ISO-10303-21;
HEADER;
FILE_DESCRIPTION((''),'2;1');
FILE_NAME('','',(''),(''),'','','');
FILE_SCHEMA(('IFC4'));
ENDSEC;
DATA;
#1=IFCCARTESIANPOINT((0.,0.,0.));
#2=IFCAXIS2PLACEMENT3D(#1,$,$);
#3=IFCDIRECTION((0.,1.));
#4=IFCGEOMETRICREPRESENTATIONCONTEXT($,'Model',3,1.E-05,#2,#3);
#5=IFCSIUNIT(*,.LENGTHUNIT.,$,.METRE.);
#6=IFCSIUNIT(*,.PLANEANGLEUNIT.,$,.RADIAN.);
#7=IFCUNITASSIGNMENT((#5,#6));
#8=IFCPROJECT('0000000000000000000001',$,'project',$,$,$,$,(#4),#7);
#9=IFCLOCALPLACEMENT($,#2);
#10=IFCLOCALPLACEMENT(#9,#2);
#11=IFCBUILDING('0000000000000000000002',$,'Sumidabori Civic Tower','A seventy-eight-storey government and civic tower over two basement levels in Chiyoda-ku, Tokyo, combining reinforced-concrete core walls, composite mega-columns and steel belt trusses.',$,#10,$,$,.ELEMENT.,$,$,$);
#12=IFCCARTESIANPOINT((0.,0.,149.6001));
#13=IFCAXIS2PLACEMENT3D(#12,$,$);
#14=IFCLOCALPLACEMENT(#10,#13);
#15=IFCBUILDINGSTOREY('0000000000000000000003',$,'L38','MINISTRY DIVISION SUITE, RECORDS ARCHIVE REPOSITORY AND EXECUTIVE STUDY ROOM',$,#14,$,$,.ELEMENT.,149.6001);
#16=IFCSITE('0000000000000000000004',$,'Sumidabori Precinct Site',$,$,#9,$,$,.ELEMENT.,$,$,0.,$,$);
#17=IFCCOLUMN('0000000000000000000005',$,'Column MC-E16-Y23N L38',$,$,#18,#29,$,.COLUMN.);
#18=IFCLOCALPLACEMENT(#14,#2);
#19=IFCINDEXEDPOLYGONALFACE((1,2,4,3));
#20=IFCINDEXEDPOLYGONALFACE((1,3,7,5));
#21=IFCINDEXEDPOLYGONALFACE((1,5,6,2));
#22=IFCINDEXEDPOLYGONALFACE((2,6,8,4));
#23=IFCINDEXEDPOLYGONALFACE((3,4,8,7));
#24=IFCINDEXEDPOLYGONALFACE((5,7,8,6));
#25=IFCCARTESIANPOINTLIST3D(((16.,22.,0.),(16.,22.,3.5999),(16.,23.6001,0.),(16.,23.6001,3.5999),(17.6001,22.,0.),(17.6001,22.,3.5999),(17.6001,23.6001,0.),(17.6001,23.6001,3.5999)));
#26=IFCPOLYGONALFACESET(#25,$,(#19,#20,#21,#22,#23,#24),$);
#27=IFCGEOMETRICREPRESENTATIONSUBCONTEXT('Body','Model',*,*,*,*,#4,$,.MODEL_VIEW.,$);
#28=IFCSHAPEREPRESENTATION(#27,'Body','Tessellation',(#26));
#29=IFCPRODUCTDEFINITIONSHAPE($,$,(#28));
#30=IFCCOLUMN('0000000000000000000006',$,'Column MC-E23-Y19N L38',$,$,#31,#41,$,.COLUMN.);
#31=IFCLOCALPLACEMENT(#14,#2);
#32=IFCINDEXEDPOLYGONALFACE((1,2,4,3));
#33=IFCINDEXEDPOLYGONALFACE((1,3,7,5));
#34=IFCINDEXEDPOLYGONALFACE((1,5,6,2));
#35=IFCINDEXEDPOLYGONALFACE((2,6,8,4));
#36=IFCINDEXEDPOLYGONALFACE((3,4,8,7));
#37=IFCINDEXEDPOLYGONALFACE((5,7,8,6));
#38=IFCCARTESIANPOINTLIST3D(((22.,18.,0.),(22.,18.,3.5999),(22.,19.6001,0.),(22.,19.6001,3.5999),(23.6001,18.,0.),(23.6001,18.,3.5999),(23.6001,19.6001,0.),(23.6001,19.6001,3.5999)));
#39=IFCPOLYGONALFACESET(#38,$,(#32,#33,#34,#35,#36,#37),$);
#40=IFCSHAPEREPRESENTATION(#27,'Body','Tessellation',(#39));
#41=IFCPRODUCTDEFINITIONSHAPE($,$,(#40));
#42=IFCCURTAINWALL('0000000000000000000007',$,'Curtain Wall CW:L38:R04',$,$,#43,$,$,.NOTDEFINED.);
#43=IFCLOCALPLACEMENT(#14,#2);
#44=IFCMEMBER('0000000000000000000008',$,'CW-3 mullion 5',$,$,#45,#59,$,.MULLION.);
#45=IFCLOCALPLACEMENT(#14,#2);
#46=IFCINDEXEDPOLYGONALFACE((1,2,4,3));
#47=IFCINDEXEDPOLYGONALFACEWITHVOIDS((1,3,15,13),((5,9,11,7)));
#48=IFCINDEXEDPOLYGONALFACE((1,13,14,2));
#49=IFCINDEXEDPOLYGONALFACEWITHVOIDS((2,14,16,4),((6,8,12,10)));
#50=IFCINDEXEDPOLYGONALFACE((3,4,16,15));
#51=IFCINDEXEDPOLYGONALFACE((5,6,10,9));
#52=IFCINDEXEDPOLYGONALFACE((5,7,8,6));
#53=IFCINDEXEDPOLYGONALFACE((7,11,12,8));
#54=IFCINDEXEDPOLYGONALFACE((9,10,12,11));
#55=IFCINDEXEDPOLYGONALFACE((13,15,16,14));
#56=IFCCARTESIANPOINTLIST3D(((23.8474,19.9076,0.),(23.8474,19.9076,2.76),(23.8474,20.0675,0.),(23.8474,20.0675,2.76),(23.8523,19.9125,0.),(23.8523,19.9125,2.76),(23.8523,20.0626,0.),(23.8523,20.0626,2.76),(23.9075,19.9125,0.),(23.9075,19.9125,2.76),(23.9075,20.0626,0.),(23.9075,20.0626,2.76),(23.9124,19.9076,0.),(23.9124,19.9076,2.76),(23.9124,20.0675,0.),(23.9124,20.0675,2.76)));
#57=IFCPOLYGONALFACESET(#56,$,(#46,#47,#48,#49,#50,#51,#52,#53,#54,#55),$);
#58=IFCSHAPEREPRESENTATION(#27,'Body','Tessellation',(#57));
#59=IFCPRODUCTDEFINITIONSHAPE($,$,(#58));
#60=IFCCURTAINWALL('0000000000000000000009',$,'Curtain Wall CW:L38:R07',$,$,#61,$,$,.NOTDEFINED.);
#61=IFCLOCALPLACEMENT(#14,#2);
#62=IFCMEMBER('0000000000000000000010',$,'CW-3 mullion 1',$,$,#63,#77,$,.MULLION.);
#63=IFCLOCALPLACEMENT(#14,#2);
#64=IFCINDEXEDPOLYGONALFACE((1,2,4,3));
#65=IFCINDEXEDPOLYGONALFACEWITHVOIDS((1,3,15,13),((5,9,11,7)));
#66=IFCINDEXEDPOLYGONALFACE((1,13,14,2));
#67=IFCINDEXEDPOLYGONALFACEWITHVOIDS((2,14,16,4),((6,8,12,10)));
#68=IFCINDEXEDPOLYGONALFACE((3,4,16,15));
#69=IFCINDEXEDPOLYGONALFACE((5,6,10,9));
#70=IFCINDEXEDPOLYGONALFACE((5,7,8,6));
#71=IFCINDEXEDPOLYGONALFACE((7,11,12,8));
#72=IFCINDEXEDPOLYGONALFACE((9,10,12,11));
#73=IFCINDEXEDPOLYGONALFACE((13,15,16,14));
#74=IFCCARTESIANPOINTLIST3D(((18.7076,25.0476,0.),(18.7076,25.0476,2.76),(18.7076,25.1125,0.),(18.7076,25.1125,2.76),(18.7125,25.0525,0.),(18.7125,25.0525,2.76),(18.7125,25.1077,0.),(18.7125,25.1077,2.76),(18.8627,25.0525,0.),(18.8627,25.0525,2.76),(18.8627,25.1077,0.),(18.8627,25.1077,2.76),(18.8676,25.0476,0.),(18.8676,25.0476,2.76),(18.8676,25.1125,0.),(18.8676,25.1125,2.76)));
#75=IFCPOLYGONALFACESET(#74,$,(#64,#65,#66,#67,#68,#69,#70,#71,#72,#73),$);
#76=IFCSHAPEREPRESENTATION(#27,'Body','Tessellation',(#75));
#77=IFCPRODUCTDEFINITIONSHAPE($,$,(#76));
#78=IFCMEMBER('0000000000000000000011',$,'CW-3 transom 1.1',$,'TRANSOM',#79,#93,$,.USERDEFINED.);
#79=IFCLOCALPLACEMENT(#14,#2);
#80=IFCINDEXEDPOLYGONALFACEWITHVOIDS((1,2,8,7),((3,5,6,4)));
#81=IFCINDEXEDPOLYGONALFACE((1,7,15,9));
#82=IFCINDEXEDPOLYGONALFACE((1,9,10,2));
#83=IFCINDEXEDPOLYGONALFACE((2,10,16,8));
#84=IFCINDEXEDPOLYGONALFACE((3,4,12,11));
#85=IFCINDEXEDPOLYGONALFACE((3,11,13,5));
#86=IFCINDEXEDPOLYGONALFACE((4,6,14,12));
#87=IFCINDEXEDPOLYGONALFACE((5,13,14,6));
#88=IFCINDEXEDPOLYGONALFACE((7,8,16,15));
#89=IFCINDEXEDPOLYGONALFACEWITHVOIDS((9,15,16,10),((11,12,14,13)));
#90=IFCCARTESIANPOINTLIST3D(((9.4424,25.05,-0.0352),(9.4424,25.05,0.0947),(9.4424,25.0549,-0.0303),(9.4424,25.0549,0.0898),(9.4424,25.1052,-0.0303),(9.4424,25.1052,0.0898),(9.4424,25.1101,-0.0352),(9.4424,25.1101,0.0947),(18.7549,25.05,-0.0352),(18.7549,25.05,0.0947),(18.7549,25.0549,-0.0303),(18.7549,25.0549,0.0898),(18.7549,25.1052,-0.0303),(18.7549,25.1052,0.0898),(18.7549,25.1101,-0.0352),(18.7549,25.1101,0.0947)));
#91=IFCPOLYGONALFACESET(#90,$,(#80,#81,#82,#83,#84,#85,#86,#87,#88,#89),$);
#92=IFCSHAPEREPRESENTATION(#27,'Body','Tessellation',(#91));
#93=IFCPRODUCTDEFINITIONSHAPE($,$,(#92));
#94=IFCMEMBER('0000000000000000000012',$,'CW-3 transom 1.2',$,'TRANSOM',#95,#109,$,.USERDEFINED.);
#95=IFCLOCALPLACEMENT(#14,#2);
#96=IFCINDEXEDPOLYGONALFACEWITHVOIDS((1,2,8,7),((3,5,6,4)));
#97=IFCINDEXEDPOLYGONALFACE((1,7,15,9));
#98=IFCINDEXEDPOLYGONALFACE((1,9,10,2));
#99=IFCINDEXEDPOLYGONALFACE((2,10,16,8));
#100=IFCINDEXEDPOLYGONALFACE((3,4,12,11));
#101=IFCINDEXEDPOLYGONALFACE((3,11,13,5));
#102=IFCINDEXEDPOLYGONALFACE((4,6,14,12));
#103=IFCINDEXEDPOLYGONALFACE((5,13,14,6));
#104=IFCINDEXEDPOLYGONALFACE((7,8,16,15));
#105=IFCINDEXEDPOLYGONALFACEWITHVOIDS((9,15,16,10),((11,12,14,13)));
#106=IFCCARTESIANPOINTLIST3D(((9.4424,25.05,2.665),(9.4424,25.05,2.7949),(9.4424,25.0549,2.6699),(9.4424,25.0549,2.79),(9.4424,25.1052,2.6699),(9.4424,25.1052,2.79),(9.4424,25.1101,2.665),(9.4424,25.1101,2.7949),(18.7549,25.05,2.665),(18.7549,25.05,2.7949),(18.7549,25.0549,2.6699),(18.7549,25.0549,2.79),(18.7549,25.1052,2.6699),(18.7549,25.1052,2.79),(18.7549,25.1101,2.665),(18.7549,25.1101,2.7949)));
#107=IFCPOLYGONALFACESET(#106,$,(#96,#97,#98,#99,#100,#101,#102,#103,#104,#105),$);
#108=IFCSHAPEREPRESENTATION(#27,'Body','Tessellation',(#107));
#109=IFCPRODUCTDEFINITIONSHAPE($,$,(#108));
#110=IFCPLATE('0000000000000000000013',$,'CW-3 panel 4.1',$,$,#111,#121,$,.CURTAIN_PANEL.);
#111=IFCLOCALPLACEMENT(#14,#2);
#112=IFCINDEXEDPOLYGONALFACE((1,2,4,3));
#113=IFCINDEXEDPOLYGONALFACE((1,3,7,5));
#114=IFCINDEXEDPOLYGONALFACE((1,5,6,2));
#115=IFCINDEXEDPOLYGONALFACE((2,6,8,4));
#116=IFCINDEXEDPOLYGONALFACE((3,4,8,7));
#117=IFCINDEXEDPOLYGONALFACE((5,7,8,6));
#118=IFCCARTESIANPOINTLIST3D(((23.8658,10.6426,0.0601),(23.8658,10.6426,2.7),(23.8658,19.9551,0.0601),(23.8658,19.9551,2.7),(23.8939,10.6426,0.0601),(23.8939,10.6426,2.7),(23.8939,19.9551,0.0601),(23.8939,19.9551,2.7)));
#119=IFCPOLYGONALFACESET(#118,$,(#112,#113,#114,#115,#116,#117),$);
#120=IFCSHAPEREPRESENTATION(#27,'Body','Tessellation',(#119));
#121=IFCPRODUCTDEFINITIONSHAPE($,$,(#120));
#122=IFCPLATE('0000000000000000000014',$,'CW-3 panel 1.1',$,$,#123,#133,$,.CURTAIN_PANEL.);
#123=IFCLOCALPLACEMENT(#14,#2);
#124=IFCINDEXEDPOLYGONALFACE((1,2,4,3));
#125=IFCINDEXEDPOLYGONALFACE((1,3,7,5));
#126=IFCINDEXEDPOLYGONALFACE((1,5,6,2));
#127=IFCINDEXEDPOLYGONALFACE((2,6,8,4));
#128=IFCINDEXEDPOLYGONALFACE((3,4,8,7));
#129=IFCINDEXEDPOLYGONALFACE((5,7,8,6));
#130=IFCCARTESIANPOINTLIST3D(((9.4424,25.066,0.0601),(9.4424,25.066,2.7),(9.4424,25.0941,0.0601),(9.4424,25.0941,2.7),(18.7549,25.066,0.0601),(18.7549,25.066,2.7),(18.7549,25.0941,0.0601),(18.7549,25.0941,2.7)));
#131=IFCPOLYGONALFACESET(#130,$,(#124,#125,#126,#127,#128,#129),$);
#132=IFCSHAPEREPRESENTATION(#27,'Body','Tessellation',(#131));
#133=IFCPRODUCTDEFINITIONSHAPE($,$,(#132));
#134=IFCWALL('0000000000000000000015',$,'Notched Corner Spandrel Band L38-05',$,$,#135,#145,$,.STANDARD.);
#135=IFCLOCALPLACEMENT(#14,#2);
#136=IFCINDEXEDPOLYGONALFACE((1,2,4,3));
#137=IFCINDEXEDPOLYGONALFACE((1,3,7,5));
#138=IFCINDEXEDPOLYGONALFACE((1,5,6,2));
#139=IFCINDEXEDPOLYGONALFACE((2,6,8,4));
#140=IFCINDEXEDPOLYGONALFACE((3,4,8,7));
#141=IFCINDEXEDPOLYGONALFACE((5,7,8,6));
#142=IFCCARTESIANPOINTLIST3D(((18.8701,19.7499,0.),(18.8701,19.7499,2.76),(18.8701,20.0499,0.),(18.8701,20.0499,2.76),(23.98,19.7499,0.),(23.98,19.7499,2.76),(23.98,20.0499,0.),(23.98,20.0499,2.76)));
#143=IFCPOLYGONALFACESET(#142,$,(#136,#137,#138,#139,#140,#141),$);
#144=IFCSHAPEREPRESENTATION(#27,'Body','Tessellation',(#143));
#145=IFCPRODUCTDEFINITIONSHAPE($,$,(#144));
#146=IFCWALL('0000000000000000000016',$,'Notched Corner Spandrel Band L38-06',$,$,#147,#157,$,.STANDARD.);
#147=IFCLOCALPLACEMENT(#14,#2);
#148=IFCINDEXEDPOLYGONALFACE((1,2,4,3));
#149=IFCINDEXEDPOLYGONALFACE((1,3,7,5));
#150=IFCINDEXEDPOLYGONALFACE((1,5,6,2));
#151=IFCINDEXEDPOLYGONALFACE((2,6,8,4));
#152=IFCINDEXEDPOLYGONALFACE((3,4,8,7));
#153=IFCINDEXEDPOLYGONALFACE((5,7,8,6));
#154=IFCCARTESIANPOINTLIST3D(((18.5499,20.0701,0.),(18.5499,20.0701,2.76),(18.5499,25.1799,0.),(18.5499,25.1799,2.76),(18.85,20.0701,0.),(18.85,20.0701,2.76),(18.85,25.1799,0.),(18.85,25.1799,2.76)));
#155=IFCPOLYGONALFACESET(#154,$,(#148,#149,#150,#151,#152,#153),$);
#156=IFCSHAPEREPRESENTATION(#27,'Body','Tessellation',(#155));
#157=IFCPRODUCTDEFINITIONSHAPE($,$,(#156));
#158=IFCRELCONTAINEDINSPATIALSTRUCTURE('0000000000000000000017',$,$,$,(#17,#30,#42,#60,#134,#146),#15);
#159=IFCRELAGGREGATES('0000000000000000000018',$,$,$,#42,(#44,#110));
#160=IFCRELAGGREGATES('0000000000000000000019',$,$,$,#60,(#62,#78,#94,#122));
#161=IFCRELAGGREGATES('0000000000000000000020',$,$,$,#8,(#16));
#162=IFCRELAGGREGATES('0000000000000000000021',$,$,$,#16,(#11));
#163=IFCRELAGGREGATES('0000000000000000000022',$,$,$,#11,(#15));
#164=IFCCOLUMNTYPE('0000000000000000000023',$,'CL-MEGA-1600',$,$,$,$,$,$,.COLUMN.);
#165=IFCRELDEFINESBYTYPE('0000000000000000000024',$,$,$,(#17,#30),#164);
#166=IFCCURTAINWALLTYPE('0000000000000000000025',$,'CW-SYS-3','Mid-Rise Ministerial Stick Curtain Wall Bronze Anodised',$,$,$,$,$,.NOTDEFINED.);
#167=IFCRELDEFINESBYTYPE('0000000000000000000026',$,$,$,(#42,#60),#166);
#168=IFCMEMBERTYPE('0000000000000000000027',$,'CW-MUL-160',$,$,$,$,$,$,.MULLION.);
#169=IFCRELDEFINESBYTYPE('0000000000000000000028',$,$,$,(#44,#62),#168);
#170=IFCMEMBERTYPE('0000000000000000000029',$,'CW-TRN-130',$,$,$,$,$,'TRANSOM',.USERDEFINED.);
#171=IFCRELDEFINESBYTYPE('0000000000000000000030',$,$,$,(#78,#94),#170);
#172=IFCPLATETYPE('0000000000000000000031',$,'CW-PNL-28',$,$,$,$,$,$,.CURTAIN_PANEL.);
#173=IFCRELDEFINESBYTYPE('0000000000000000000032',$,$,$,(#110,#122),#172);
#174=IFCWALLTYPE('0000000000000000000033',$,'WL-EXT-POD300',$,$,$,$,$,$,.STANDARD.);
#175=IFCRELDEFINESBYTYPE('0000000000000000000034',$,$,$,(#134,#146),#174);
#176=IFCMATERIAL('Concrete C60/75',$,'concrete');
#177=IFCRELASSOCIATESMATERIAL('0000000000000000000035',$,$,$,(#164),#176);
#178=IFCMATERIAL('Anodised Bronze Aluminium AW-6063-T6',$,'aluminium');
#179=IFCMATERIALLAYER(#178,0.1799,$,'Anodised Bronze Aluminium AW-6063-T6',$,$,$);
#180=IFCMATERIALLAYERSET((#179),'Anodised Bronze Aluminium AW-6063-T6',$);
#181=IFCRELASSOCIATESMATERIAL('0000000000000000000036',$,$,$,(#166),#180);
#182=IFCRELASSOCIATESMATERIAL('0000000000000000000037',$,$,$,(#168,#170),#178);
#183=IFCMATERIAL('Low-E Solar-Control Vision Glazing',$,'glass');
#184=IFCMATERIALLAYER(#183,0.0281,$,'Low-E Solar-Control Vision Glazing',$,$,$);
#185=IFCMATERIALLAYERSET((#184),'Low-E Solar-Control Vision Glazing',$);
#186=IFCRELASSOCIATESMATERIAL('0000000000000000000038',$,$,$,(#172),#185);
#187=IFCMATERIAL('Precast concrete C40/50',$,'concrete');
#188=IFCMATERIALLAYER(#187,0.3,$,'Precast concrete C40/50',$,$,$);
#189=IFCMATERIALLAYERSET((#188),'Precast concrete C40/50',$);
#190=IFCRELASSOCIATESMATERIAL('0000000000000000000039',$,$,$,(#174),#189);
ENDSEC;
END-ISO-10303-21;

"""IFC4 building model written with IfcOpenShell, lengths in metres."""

from ifc_helpers import new_model, si_unit, direction, frame, frame_2d, origin, origin_2d, place, context, subcontext, project, spatial, rectangle, hollow_rectangle, extrude, source, transform, mapped, material, layer, layer_set, material_profile, profile_set, type_object, element, aggregate, save


model = new_model("IFC4")

# Units and contexts
model_context = context("Model", 3, precision=1e-05, world=origin(), true_north=direction((0.0, 1.0)))
body_context = subcontext(model_context, "Body", "Model", "MODEL_VIEW")
ifc_project = project(units=[si_unit("LENGTHUNIT", "METRE"), si_unit("PLANEANGLEUNIT", "RADIAN")], contexts=[model_context])

# Site, building, storey
site_placement = place(None, origin())
site = spatial("IfcSite", under=ifc_project, at=site_placement, Name="Sumidabori Precinct Site", CompositionType="ELEMENT", RefElevation=0.0)
building_placement = place(site_placement, origin())
building = spatial("IfcBuilding", under=site, at=building_placement, Name="Sumidabori Civic Tower", Description="A seventy-eight-storey government and civic tower over two basement levels in Chiyoda-ku, Tokyo, combining reinforced-concrete core walls, composite mega-columns and steel belt trusses.", CompositionType="ELEMENT")
storey_placement = place(building_placement, frame((0.0, 0.0, 149.6001)))
storey = spatial("IfcBuildingStorey", under=building, at=storey_placement, Name="L38", Description="MINISTRY DIVISION SUITE, RECORDS ARCHIVE REPOSITORY AND EXECUTIVE STUDY ROOM", CompositionType="ELEMENT", Elevation=149.6001)

# Columns
ifc_material_1 = material(Name="Concrete C60/75", Category="concrete")
ifc_material_profile_1 = material_profile(ifc_material_1, rectangle(XDim=1.6001, YDim=1.6001, at=origin_2d()), Name="RC 1600x1600")
ifc_profile_set_1 = profile_set([ifc_material_profile_1], Name="Concrete C60/75")
column_type = type_object("IfcColumnType", Name="CL-MEGA-1600", PredefinedType="COLUMN", material=ifc_profile_set_1)
shared_shape_1 = source(origin(), body_context, "Body", "SweptSolid", [
    extrude(rectangle(XDim=1.6001, YDim=1.6001, at=origin_2d()), origin(), (0.0, 0.0, 1.0), 3.5999),
])
for number, where, z_axis, x_axis, name in (
    (1, (16.8, 22.8, 0.0), (0.0, 0.0, 1.0), (1.0, 0.0, 0.0), "Column MC-E16-Y23N L38"),
    (2, (22.8, 18.8, 0.0), (0.0, 0.0, 1.0), (1.0, 0.0, 0.0), "Column MC-E23-Y19N L38"),
):
    element("IfcColumn", number, at=place(storey_placement, frame(where, z_axis=z_axis, x_axis=x_axis)), inside=storey, type_object=column_type, Name=name, PredefinedType="COLUMN", context=body_context, shape_type="MappedRepresentation", body=[
        mapped(shared_shape_1, transform((0.0, 0.0, 0.0), x_axis=(1.0, 0.0, 0.0), y_axis=(0.0, 1.0, 0.0), z_axis=(0.0, 0.0, 1.0), scale=1.0)),
    ])

# Curtain wall, member
ifc_material_2 = material(Name="Anodised Bronze Aluminium AW-6063-T6", Category="aluminium")
ifc_layer_1 = layer(ifc_material_2, 0.1799, Name="Anodised Bronze Aluminium AW-6063-T6")
ifc_layer_set_1 = layer_set([ifc_layer_1], Name="Anodised Bronze Aluminium AW-6063-T6")
curtain_wall_type = type_object("IfcCurtainWallType", Name="CW-SYS-3", Description="Mid-Rise Ministerial Stick Curtain Wall Bronze Anodised", PredefinedType="NOTDEFINED", material=ifc_layer_set_1)
curtain_wall_1_placement = place(storey_placement, origin())
curtain_wall_1 = element("IfcCurtainWall", 3, at=curtain_wall_1_placement, inside=storey, type_object=curtain_wall_type, Name="Curtain Wall CW:L38:R04", PredefinedType="NOTDEFINED")
ifc_material_profile_2 = material_profile(ifc_material_2, hollow_rectangle(XDim=0.0649, YDim=0.1599, WallThickness=0.0049, at=origin_2d()), Name="ALU MULLION 160x65")
ifc_profile_set_2 = profile_set([ifc_material_profile_2], Name="Anodised Bronze Aluminium AW-6063-T6")
member_type_1 = type_object("IfcMemberType", Name="CW-MUL-160", PredefinedType="MULLION", material=ifc_profile_set_2)
shared_shape_2 = source(origin(), body_context, "Body", "SweptSolid", [
    extrude(hollow_rectangle(XDim=0.0649, YDim=0.1599, WallThickness=0.0049, at=origin_2d()), origin(), (0.0, 0.0, 1.0), 2.76),
])
member_1_placement = place(storey_placement, frame((23.8799, 19.9875, 0.0), z_axis=(0.0, 0.0, 1.0), x_axis=(-1.0, 0.0, 0.0)))
member_1 = element("IfcMember", 4, at=member_1_placement, type_object=member_type_1, Name="CW-3 mullion 5", PredefinedType="MULLION", context=body_context, shape_type="MappedRepresentation", body=[
    mapped(shared_shape_2, transform((0.0, 0.0, 0.0), x_axis=(1.0, 0.0, 0.0), y_axis=(0.0, 1.0, 0.0), z_axis=(0.0, 0.0, 1.0), scale=1.0)),
])

# Curtain wall, members
curtain_wall_2_placement = place(storey_placement, origin())
curtain_wall_2 = element("IfcCurtainWall", 5, at=curtain_wall_2_placement, inside=storey, type_object=curtain_wall_type, Name="Curtain Wall CW:L38:R07", PredefinedType="NOTDEFINED")
member_2_placement = place(storey_placement, frame((18.7876, 25.0801, 0.0), z_axis=(0.0, 0.0, 1.0), x_axis=(0.0, -1.0, 0.0)))
member_2 = element("IfcMember", 6, at=member_2_placement, type_object=member_type_1, Name="CW-3 mullion 1", PredefinedType="MULLION", context=body_context, shape_type="MappedRepresentation", body=[
    mapped(shared_shape_2, transform((0.0, 0.0, 0.0), x_axis=(1.0, 0.0, 0.0), y_axis=(0.0, 1.0, 0.0), z_axis=(0.0, 0.0, 1.0), scale=1.0)),
])
ifc_material_profile_3 = material_profile(ifc_material_2, hollow_rectangle(XDim=0.0601, YDim=0.1299, WallThickness=0.0049, at=origin_2d()), Name="ALU TRANSOM 130x60")
ifc_profile_set_3 = profile_set([ifc_material_profile_3], Name="Anodised Bronze Aluminium AW-6063-T6")
member_type_2 = type_object("IfcMemberType", Name="CW-TRN-130", ElementType="TRANSOM", PredefinedType="USERDEFINED", material=ifc_profile_set_3)
shared_shape_3 = source(origin(), body_context, "Body", "SweptSolid", [
    extrude(hollow_rectangle(XDim=0.0601, YDim=0.1299, WallThickness=0.0049, at=origin_2d()), origin(), (0.0, 0.0, 1.0), 9.3125),
])
member_3_placement = place(storey_placement, frame((18.7549, 25.0801, 0.0298), z_axis=(-1.0, 0.0, 0.0), x_axis=(0.0, -1.0, 0.0)))
member_3 = element("IfcMember", 7, at=member_3_placement, type_object=member_type_2, Name="CW-3 transom 1.1", ObjectType="TRANSOM", PredefinedType="USERDEFINED", context=body_context, shape_type="MappedRepresentation", body=[
    mapped(shared_shape_3, transform((0.0, 0.0, 0.0), x_axis=(1.0, 0.0, 0.0), y_axis=(0.0, 1.0, 0.0), z_axis=(0.0, 0.0, 1.0), scale=1.0)),
])
member_4_placement = place(storey_placement, frame((18.7549, 25.0801, 2.73), z_axis=(-1.0, 0.0, 0.0), x_axis=(0.0, -1.0, 0.0)))
member_4 = element("IfcMember", 8, at=member_4_placement, type_object=member_type_2, Name="CW-3 transom 1.2", ObjectType="TRANSOM", PredefinedType="USERDEFINED", context=body_context, shape_type="MappedRepresentation", body=[
    mapped(shared_shape_3, transform((0.0, 0.0, 0.0), x_axis=(1.0, 0.0, 0.0), y_axis=(0.0, 1.0, 0.0), z_axis=(0.0, 0.0, 1.0), scale=1.0)),
])

# Plates
ifc_material_3 = material(Name="Low-E Solar-Control Vision Glazing", Category="glass")
ifc_layer_2 = layer(ifc_material_3, 0.0281, Name="Low-E Solar-Control Vision Glazing")
ifc_layer_set_2 = layer_set([ifc_layer_2], Name="Low-E Solar-Control Vision Glazing")
plate_type = type_object("IfcPlateType", Name="CW-PNL-28", PredefinedType="CURTAIN_PANEL", material=ifc_layer_set_2)
shared_shape_4 = source(origin(), body_context, "Body", "SweptSolid", [
    extrude(rectangle(XDim=9.3125, YDim=0.0281, at=origin_2d()), origin(), (0.0, 0.0, 1.0), 2.6399),
])
plate_1_placement = place(storey_placement, frame((23.8799, 15.2988, 0.0601), z_axis=(0.0, 0.0, 1.0), x_axis=(0.0, 1.0, 0.0)))
plate_1 = element("IfcPlate", 9, at=plate_1_placement, type_object=plate_type, Name="CW-3 panel 4.1", PredefinedType="CURTAIN_PANEL", context=body_context, shape_type="MappedRepresentation", body=[
    mapped(shared_shape_4, transform((0.0, 0.0, 0.0), x_axis=(1.0, 0.0, 0.0), y_axis=(0.0, 1.0, 0.0), z_axis=(0.0, 0.0, 1.0), scale=1.0)),
])
aggregate(curtain_wall_1, [member_1, plate_1])
plate_2_placement = place(storey_placement, frame((14.0986, 25.0801, 0.0601), z_axis=(0.0, 0.0, 1.0), x_axis=(-1.0, 0.0, 0.0)))
plate_2 = element("IfcPlate", 10, at=plate_2_placement, type_object=plate_type, Name="CW-3 panel 1.1", PredefinedType="CURTAIN_PANEL", context=body_context, shape_type="MappedRepresentation", body=[
    mapped(shared_shape_4, transform((0.0, 0.0, 0.0), x_axis=(1.0, 0.0, 0.0), y_axis=(0.0, 1.0, 0.0), z_axis=(0.0, 0.0, 1.0), scale=1.0)),
])
aggregate(curtain_wall_2, [member_2, member_3, member_4, plate_2])

# Walls
ifc_material_4 = material(Name="Precast concrete C40/50", Category="concrete")
ifc_layer_3 = layer(ifc_material_4, 0.3, Name="Precast concrete C40/50")
ifc_layer_set_3 = layer_set([ifc_layer_3], Name="Precast concrete C40/50")
wall_type = type_object("IfcWallType", Name="WL-EXT-POD300", PredefinedType="STANDARD", material=ifc_layer_set_3)
shared_shape_5 = source(origin(), body_context, "Body", "SweptSolid", [
    extrude(rectangle(XDim=5.1099, YDim=0.3, at=frame_2d((2.5549, 0.0))), origin(), (0.0, 0.0, 1.0), 2.76),
])
for number, where, z_axis, x_axis, name in (
    (11, (23.98, 19.8999, 0.0), (0.0, 0.0, 1.0), (-1.0, 0.0, 0.0), "Notched Corner Spandrel Band L38-05"),
    (12, (18.7, 20.0701, 0.0), (0.0, 0.0, 1.0), (0.0, 1.0, 0.0), "Notched Corner Spandrel Band L38-06"),
):
    element("IfcWall", number, at=place(storey_placement, frame(where, z_axis=z_axis, x_axis=x_axis)), inside=storey, type_object=wall_type, Name=name, PredefinedType="STANDARD", context=body_context, shape_type="MappedRepresentation", body=[
        mapped(shared_shape_5, transform((0.0, 0.0, 0.0), x_axis=(1.0, 0.0, 0.0), y_axis=(0.0, 1.0, 0.0), z_axis=(0.0, 0.0, 1.0), scale=1.0)),
    ])

save(model, "model.ifc")
